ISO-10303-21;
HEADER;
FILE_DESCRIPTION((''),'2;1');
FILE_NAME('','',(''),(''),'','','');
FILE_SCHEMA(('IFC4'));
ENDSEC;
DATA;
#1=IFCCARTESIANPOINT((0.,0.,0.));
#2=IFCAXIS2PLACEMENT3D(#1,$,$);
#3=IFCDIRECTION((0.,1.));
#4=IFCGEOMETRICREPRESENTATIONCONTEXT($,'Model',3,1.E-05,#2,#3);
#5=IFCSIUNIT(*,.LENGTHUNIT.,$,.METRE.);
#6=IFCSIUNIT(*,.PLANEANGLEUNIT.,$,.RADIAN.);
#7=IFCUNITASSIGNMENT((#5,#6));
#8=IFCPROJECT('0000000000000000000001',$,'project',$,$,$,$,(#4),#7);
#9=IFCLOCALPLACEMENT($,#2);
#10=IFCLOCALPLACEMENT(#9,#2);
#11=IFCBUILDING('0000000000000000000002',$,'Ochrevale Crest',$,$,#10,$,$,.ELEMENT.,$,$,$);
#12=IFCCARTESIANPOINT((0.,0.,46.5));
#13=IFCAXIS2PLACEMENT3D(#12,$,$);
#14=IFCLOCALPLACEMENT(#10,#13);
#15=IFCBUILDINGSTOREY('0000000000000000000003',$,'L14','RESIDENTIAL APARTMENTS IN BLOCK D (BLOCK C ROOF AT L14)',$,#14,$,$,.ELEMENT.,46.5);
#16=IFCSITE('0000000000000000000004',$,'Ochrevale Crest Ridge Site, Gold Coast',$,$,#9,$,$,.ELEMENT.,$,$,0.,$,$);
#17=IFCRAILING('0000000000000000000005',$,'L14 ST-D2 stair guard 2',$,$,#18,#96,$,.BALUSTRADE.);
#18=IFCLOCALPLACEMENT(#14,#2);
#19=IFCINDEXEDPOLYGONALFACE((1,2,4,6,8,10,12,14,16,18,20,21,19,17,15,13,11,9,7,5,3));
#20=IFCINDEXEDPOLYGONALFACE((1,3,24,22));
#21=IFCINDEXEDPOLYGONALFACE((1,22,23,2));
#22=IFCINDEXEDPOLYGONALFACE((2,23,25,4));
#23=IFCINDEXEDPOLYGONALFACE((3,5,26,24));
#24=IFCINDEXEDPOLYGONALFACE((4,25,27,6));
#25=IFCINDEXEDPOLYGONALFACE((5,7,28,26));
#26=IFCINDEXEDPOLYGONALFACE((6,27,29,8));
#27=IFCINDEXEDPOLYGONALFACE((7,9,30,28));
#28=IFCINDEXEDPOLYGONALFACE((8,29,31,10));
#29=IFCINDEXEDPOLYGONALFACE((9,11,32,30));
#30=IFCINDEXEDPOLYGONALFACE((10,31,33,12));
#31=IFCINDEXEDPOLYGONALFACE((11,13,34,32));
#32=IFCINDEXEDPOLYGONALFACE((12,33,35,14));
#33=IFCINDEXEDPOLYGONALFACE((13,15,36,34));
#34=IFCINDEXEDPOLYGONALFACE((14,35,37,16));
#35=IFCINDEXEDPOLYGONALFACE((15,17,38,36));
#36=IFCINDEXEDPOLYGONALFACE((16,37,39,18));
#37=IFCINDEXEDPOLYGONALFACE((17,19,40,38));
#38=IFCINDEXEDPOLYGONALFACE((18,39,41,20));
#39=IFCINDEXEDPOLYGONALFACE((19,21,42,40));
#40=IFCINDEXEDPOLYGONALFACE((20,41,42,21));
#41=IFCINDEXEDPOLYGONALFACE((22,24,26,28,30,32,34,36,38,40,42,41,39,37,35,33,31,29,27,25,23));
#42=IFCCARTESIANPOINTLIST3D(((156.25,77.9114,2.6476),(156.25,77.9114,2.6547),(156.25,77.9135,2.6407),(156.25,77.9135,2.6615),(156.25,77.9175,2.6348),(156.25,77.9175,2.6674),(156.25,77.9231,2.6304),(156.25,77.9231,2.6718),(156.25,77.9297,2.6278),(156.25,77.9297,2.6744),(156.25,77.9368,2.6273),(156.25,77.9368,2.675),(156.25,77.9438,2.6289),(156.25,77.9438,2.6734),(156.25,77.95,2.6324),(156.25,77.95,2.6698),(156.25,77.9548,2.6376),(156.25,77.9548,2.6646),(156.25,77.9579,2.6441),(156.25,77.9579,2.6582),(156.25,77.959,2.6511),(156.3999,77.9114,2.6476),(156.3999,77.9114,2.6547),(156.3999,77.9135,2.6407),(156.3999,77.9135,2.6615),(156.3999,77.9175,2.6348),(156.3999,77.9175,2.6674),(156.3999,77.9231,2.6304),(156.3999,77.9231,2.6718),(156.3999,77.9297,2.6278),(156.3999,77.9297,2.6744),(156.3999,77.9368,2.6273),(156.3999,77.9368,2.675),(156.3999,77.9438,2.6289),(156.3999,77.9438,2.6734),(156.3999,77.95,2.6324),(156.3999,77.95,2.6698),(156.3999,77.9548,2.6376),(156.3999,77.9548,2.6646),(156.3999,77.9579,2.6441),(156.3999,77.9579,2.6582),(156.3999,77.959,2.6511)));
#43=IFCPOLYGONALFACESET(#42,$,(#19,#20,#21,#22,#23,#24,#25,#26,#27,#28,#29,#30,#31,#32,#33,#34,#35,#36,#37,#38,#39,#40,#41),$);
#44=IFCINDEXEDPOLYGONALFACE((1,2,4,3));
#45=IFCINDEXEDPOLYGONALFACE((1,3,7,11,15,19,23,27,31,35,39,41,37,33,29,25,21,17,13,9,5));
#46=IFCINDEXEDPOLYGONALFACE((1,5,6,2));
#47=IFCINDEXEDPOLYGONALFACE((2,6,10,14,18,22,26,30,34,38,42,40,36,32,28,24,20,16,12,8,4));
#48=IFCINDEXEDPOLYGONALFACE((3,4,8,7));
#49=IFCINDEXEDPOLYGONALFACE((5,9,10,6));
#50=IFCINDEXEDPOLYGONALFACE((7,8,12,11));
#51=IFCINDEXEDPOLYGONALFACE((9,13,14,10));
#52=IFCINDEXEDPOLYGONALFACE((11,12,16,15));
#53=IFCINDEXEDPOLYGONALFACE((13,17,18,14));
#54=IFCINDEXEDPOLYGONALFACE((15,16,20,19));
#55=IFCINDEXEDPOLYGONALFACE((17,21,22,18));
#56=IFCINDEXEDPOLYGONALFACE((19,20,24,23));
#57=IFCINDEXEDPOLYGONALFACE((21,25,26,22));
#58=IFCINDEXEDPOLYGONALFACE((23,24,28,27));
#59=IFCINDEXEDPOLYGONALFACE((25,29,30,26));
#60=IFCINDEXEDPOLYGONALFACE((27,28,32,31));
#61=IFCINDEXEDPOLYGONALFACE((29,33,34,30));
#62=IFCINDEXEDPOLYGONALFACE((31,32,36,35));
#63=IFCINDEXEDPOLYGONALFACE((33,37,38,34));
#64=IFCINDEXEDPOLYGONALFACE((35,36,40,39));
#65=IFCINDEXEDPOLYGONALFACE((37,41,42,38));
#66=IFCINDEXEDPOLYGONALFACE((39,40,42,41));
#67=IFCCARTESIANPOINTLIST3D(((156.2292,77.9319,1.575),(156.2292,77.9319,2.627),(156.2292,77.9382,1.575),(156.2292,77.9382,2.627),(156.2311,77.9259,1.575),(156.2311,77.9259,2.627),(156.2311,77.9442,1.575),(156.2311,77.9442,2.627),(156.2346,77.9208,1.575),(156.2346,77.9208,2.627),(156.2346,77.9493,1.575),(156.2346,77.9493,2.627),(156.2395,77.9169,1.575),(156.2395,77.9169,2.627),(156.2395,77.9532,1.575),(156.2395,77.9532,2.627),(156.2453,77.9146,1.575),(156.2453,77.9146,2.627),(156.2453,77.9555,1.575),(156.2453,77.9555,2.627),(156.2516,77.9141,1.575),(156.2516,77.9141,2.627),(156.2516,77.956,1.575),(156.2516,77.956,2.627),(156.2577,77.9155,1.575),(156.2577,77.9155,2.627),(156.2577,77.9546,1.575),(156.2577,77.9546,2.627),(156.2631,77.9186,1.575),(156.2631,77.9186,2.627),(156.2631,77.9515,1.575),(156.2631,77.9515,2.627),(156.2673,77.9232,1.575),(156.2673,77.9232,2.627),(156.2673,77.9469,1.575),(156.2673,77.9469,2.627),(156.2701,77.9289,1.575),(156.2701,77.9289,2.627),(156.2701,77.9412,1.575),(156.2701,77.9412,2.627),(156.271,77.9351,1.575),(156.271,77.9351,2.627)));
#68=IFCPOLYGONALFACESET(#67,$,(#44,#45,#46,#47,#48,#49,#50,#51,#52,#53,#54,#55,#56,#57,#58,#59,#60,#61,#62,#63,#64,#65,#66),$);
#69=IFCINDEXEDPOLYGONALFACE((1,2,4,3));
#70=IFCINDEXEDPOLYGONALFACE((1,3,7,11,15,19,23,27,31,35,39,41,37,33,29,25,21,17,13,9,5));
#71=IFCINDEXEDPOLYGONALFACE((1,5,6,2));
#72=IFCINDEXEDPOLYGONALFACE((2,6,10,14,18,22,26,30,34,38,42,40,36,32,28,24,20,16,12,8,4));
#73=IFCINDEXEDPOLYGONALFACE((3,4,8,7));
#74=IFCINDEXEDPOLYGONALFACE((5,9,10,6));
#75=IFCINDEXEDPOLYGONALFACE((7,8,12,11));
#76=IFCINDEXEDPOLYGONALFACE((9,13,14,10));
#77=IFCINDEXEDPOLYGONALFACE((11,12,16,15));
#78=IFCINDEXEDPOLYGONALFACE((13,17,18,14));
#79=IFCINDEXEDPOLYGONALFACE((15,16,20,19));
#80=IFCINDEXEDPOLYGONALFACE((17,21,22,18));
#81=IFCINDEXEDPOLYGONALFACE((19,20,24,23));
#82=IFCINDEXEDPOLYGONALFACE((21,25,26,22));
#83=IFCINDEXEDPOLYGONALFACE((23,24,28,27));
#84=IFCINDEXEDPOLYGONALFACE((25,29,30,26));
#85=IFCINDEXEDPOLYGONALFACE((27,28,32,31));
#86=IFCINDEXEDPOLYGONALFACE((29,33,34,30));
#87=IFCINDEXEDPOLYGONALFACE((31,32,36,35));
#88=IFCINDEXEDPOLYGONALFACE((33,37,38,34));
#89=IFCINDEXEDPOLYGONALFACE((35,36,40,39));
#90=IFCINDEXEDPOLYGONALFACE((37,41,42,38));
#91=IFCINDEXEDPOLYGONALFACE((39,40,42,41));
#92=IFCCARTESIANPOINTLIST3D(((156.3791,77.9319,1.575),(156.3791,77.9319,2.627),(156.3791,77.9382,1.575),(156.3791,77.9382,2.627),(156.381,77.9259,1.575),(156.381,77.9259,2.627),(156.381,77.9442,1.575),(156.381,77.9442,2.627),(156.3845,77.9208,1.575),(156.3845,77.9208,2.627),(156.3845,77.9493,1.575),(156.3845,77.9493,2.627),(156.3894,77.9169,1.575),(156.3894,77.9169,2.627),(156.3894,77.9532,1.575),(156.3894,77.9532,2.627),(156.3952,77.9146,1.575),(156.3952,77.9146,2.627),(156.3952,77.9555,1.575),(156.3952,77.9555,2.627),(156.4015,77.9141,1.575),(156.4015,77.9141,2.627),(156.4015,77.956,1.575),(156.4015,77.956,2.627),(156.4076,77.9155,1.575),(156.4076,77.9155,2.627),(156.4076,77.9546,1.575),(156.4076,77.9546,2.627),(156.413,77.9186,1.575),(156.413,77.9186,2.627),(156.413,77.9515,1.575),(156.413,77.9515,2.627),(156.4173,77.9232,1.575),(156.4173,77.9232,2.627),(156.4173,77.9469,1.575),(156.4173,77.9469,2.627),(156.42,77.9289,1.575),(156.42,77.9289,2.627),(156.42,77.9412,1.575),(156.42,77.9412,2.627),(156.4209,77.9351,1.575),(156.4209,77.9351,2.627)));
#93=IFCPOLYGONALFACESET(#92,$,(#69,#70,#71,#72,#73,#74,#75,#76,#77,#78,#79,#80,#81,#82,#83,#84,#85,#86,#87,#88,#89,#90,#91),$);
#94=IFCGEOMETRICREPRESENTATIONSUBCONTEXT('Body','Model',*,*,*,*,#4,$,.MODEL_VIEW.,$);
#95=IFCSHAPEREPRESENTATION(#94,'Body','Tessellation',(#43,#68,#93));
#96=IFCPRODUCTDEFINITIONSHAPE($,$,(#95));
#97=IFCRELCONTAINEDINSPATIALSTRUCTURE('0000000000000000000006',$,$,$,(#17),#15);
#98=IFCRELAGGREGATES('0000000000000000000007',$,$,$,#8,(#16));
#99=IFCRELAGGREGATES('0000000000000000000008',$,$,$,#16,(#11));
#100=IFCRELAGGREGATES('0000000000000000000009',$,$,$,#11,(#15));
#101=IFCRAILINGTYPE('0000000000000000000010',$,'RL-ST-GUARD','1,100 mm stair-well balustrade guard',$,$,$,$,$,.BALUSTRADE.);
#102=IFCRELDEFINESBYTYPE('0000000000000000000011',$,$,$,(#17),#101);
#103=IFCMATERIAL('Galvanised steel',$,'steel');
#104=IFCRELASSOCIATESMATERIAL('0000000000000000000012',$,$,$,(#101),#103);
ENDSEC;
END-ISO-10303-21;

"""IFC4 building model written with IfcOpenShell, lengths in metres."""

from ifc_helpers import new_model, si_unit, direction, frame, origin, origin_2d, place, context, subcontext, project, spatial, circle, extrude, material, type_object, element, save


model = new_model("IFC4")

# Units and contexts
model_context = context("Model", 3, precision=1e-05, world=origin(), true_north=direction((0.0, 1.0)))
body_context = subcontext(model_context, "Body", "Model", "MODEL_VIEW")
ifc_project = project(units=[si_unit("LENGTHUNIT", "METRE"), si_unit("PLANEANGLEUNIT", "RADIAN")], contexts=[model_context])

# Site, building, storey
site_placement = place(None, origin())
site = spatial("IfcSite", under=ifc_project, at=site_placement, Name="Ochrevale Crest Ridge Site, Gold Coast", CompositionType="ELEMENT", RefElevation=0.0)
building_placement = place(site_placement, origin())
building = spatial("IfcBuilding", under=site, at=building_placement, Name="Ochrevale Crest", CompositionType="ELEMENT")
storey_placement = place(building_placement, frame((0.0, 0.0, 46.5)))
storey = spatial("IfcBuildingStorey", under=building, at=storey_placement, Name="L14", Description="RESIDENTIAL APARTMENTS IN BLOCK D (BLOCK C ROOF AT L14)", CompositionType="ELEMENT", Elevation=46.5)

# Railing
ifc_material_1 = material(Name="Galvanised steel", Category="steel")
railing_type = type_object("IfcRailingType", Name="RL-ST-GUARD", Description="1,100 mm stair-well balustrade guard", PredefinedType="BALUSTRADE", material=ifc_material_1)
railing_placement = place(storey_placement, frame((156.25, 77.9351, 1.575)))
element("IfcRailing", 1, at=railing_placement, inside=storey, type_object=railing_type, Name="L14 ST-D2 stair guard 2", PredefinedType="BALUSTRADE", context=body_context, shape_type="SweptSolid", body=[
    extrude(circle(Radius=0.0239, at=origin_2d()), frame((0.0, 0.0, 1.0762), z_axis=(1.0, 0.0, 0.0), x_axis=(0.0, 1.0, 0.0)), (0.0, 0.0, 1.0), 0.1499),
    extrude(circle(Radius=0.021, at=origin_2d()), origin(), (0.0, 0.0, 1.0), 1.052),
    extrude(circle(Radius=0.021, at=origin_2d()), frame((0.1499, 0.0, 0.0)), (0.0, 0.0, 1.0), 1.052),
])

save(model, "model.ifc")
